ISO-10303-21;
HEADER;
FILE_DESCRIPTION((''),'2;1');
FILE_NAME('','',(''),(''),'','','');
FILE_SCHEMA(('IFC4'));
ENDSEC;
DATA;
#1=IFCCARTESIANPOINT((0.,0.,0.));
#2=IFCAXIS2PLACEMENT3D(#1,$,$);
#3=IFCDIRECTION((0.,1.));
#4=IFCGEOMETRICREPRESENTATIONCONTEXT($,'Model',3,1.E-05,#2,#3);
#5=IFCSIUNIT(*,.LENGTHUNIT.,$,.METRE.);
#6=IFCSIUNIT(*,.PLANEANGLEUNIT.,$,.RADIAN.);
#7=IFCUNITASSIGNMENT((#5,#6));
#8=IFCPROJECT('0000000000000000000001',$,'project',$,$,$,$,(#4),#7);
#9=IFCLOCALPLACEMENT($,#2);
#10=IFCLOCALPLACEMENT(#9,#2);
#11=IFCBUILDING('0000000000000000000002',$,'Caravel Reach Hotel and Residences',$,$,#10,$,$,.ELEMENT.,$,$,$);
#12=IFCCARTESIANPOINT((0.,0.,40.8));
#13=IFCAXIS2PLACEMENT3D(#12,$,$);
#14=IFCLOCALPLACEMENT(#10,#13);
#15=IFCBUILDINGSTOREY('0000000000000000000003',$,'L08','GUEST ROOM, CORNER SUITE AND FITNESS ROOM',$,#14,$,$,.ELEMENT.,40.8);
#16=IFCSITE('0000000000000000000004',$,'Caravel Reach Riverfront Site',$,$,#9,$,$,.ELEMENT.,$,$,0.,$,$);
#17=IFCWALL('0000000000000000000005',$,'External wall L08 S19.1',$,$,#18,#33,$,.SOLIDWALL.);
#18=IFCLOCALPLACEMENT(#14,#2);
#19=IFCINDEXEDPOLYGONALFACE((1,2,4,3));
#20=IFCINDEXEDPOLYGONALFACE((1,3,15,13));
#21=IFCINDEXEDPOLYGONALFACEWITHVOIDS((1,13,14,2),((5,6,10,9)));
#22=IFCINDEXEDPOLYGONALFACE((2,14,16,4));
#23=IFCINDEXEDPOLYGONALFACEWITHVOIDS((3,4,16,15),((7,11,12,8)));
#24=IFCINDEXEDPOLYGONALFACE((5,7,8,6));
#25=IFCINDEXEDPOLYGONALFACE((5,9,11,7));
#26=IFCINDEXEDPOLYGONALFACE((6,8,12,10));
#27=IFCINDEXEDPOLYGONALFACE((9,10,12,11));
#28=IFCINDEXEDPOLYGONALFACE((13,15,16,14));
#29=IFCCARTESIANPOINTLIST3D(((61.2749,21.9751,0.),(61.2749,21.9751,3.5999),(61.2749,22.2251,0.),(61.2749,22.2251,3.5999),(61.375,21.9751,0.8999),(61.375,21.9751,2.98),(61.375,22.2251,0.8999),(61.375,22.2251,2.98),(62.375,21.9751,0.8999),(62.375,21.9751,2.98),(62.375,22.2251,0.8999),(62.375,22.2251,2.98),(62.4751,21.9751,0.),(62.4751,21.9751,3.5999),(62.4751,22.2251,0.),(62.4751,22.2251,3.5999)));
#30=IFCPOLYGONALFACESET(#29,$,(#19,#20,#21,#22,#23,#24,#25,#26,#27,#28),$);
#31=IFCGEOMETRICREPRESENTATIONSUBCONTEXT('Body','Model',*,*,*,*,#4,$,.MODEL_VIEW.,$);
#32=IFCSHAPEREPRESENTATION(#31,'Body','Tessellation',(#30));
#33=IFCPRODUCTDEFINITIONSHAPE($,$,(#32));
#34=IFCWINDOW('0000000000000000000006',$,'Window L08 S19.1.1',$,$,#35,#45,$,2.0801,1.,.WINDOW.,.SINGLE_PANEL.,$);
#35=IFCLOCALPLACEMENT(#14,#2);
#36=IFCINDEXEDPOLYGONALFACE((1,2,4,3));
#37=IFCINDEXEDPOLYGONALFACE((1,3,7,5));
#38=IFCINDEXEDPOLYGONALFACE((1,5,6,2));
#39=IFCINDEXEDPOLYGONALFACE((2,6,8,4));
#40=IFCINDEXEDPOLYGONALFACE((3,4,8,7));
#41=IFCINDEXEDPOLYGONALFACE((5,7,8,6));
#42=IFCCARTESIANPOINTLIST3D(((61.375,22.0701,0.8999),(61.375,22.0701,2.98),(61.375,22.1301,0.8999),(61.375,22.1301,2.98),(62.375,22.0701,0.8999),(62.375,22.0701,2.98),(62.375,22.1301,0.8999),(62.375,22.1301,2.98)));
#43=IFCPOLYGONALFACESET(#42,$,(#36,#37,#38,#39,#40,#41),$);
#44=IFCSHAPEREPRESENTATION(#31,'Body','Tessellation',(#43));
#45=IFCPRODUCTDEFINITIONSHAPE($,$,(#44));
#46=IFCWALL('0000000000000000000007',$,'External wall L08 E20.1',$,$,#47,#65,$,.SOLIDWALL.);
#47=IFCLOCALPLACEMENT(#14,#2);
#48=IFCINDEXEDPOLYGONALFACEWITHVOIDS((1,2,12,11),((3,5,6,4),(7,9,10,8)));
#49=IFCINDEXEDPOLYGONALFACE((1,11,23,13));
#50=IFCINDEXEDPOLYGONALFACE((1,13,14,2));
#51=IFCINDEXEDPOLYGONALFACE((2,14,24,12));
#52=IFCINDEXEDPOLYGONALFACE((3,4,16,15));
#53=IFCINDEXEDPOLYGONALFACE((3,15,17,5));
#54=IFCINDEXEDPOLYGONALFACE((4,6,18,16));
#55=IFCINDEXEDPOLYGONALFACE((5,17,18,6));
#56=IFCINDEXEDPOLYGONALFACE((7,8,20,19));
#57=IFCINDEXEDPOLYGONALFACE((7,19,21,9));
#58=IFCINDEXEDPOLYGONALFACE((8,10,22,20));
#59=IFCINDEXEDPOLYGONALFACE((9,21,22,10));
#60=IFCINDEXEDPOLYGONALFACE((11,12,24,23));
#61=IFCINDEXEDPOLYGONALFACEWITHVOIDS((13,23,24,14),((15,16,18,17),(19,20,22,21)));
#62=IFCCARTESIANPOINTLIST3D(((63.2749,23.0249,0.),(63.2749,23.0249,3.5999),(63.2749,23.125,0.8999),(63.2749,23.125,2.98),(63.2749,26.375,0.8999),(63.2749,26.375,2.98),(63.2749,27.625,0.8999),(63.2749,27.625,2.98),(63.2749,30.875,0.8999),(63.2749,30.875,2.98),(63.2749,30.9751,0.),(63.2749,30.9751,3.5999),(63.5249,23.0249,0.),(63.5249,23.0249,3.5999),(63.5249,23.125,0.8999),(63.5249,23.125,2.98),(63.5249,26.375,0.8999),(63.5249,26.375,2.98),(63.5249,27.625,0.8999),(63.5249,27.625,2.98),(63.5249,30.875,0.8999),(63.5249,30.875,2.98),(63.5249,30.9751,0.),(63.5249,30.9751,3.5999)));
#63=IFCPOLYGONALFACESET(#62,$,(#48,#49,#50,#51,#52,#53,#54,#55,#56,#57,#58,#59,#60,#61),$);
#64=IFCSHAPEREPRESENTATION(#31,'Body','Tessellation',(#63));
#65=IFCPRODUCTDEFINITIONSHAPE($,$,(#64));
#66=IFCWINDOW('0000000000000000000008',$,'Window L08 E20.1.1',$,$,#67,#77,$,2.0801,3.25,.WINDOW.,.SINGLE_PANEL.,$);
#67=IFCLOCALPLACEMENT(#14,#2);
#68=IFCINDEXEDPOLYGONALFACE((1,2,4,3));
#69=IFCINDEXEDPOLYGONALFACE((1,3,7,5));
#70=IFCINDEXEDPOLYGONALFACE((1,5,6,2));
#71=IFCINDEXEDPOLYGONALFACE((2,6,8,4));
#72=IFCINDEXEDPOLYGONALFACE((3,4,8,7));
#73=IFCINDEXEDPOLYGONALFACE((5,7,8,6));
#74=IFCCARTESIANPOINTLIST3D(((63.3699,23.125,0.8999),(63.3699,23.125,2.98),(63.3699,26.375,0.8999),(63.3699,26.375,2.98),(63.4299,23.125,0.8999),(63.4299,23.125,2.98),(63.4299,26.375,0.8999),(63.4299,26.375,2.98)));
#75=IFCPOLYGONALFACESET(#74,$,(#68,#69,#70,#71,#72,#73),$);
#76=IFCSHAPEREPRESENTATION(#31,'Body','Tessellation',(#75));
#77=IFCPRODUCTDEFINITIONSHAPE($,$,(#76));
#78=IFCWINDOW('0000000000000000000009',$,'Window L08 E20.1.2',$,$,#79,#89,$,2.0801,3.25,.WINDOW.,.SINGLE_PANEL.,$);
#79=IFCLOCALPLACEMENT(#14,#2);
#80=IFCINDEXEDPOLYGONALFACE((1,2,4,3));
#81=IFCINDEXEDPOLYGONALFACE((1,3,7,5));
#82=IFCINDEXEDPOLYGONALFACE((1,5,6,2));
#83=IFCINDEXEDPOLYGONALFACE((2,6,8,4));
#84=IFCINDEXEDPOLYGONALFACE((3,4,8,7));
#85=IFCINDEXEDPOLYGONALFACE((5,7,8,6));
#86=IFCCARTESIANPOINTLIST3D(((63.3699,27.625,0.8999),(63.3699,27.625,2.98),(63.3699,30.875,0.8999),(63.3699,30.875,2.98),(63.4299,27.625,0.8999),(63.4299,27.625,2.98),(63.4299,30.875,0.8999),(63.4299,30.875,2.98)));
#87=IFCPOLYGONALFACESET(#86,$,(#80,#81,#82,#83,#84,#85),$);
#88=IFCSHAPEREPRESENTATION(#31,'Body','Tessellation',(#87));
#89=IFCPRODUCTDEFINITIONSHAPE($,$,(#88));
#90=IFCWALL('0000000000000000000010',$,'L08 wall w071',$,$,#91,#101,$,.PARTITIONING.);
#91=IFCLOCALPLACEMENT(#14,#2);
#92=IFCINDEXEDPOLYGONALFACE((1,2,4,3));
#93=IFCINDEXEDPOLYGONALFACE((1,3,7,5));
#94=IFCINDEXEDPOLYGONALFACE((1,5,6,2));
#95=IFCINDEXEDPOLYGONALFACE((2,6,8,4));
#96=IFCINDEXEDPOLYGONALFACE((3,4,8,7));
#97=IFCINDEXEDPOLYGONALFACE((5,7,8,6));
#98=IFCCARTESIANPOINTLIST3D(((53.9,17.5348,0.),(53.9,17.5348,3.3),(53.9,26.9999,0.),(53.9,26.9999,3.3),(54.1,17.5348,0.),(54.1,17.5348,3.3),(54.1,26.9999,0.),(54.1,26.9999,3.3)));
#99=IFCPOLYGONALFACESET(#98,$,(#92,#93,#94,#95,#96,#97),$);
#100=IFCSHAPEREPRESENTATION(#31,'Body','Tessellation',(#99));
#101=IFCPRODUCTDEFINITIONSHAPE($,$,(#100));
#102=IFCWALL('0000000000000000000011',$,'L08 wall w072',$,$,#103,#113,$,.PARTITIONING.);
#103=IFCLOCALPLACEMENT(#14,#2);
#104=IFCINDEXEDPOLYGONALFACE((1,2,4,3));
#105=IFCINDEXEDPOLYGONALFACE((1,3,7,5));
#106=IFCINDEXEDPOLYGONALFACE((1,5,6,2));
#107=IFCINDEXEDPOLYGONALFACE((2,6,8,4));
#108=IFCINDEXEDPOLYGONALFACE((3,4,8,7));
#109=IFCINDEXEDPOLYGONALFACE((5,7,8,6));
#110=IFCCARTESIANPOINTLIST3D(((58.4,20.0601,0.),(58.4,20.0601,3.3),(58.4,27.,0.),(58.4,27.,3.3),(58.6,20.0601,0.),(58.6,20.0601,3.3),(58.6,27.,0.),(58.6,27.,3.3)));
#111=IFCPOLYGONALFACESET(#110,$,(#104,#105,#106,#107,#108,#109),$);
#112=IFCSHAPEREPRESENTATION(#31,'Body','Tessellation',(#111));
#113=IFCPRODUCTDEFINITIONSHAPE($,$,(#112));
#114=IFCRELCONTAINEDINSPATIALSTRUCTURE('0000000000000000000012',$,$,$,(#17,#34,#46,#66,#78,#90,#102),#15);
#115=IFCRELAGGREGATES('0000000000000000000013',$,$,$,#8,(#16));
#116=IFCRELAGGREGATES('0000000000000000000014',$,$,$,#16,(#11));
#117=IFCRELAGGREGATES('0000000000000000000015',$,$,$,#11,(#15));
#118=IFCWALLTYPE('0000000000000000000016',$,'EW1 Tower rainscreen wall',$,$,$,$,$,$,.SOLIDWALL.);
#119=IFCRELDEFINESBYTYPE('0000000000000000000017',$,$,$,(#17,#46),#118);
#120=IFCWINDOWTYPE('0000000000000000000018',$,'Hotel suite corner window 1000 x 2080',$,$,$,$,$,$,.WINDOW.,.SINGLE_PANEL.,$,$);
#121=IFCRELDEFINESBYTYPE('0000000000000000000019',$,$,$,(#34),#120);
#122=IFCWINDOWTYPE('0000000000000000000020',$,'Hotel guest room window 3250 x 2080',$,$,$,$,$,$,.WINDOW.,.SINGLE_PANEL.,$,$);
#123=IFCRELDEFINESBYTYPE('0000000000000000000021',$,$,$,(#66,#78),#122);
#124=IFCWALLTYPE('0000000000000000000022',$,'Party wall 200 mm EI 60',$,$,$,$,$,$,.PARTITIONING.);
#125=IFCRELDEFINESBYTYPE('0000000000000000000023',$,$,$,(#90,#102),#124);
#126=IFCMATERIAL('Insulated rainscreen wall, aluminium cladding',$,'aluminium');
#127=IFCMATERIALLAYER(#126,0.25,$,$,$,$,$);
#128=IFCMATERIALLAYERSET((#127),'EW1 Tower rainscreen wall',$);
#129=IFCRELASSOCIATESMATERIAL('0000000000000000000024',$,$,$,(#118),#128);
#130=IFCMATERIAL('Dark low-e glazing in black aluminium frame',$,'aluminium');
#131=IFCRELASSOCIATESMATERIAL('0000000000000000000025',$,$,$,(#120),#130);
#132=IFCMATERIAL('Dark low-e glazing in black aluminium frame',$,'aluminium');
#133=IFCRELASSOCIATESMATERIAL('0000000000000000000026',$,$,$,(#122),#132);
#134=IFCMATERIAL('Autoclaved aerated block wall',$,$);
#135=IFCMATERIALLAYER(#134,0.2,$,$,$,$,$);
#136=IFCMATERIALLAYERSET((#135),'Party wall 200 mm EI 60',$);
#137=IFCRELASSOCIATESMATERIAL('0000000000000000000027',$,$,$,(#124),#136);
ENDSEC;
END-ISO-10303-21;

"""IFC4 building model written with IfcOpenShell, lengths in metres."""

from ifc_helpers import new_model, si_unit, direction, frame, frame_2d, origin, place, context, subcontext, project, spatial, rectangle, extrude, material, layer, layer_set, type_object, element, fill, save


model = new_model("IFC4")

# Units and contexts
model_context = context("Model", 3, precision=1e-05, world=origin(), true_north=direction((0.0, 1.0)))
body_context = subcontext(model_context, "Body", "Model", "MODEL_VIEW")
ifc_project = project(units=[si_unit("LENGTHUNIT", "METRE"), si_unit("PLANEANGLEUNIT", "RADIAN")], contexts=[model_context])

# Site, building, storey
site_placement = place(None, origin())
site = spatial("IfcSite", under=ifc_project, at=site_placement, Name="Caravel Reach Riverfront Site", CompositionType="ELEMENT", RefElevation=0.0)
building_placement = place(site_placement, origin())
building = spatial("IfcBuilding", under=site, at=building_placement, Name="Caravel Reach Hotel and Residences", CompositionType="ELEMENT")
storey_placement = place(building_placement, frame((0.0, 0.0, 40.8)))
storey = spatial("IfcBuildingStorey", under=building, at=storey_placement, Name="L08", Description="GUEST ROOM, CORNER SUITE AND FITNESS ROOM", CompositionType="ELEMENT", Elevation=40.8)

# Wall, opening, window
ifc_material_1 = material(Name="Insulated rainscreen wall, aluminium cladding", Category="aluminium")
ifc_layer_1 = layer(ifc_material_1, 0.25)
ifc_layer_set_1 = layer_set([ifc_layer_1], Name="EW1 Tower rainscreen wall")
wall_type_1 = type_object("IfcWallType", Name="EW1 Tower rainscreen wall", PredefinedType="SOLIDWALL", material=ifc_layer_set_1)
ifc_material_2 = material(Name="Dark low-e glazing in black aluminium frame", Category="aluminium")
window_type_1 = type_object("IfcWindowType", Name="Hotel suite corner window 1000 x 2080", PartitioningType="SINGLE_PANEL", PredefinedType="WINDOW", material=ifc_material_2)
wall_1_placement = place(storey_placement, frame((61.2749, 22.1001, 0.0), z_axis=(0.0, 0.0, 1.0), x_axis=(1.0, 0.0, 0.0)))
wall_1 = element("IfcWall", 1, at=wall_1_placement, inside=storey, type_object=wall_type_1, Name="External wall L08 S19.1", PredefinedType="SOLIDWALL", context=body_context, shape_type="SweptSolid", body=[
    extrude(rectangle(XDim=1.2002, YDim=0.25, at=frame_2d((0.6001, 0.0))), origin(), (0.0, 0.0, 1.0), 3.5999),
])
opening_1_placement = place(wall_1_placement, frame((0.1001, 0.0, 0.8999)))
opening_1 = element("IfcOpeningElement", 2, at=opening_1_placement, cuts=wall_1, PredefinedType="OPENING", context=body_context, shape_type="SweptSolid", body=[
    extrude(rectangle(XDim=1.0, YDim=2.0801, at=frame_2d((0.5, 1.04))), frame((0.0, 0.135, 0.0), z_axis=(0.0, -1.0, 0.0), x_axis=(1.0, 0.0, 0.0)), (0.0, 0.0, 1.0), 0.27),
])
window_1_placement = place(opening_1_placement, origin())
window_1 = element("IfcWindow", 3, at=window_1_placement, inside=storey, type_object=window_type_1, Name="Window L08 S19.1.1", OverallHeight=2.0801, OverallWidth=1.0, PartitioningType="SINGLE_PANEL", PredefinedType="WINDOW", context=body_context, shape_type="SweptSolid", body=[
    extrude(rectangle(XDim=1.0, YDim=2.0801, at=frame_2d((0.5, 1.04))), frame((0.0, 0.03, 0.0), z_axis=(0.0, -1.0, 0.0), x_axis=(1.0, 0.0, 0.0)), (0.0, 0.0, 1.0), 0.0601),
])
fill(opening_1, window_1)

# Wall, openings, windows
wall_2_placement = place(storey_placement, frame((63.3999, 23.0249, 0.0), z_axis=(0.0, 0.0, 1.0), x_axis=(0.0, 1.0, 0.0)))
wall_2 = element("IfcWall", 4, at=wall_2_placement, inside=storey, type_object=wall_type_1, Name="External wall L08 E20.1", PredefinedType="SOLIDWALL", context=body_context, shape_type="SweptSolid", body=[
    extrude(rectangle(XDim=7.9502, YDim=0.25, at=frame_2d((3.9751, 0.0))), origin(), (0.0, 0.0, 1.0), 3.5999),
])
opening_2_placement = place(wall_2_placement, frame((0.1001, 0.0, 0.8999)))
opening_2 = element("IfcOpeningElement", 5, at=opening_2_placement, cuts=wall_2, PredefinedType="OPENING", context=body_context, shape_type="SweptSolid", body=[
    extrude(rectangle(XDim=3.25, YDim=2.0801, at=frame_2d((1.625, 1.04))), frame((0.0, 0.135, 0.0), z_axis=(0.0, -1.0, 0.0), x_axis=(1.0, 0.0, 0.0)), (0.0, 0.0, 1.0), 0.27),
])
opening_3_placement = place(wall_2_placement, frame((4.6001, 0.0, 0.8999)))
opening_3 = element("IfcOpeningElement", 6, at=opening_3_placement, cuts=wall_2, PredefinedType="OPENING", context=body_context, shape_type="SweptSolid", body=[
    extrude(rectangle(XDim=3.25, YDim=2.0801, at=frame_2d((1.625, 1.04))), frame((0.0, 0.135, 0.0), z_axis=(0.0, -1.0, 0.0), x_axis=(1.0, 0.0, 0.0)), (0.0, 0.0, 1.0), 0.27),
])
ifc_material_3 = material(Name="Dark low-e glazing in black aluminium frame", Category="aluminium")
window_type_2 = type_object("IfcWindowType", Name="Hotel guest room window 3250 x 2080", PartitioningType="SINGLE_PANEL", PredefinedType="WINDOW", material=ifc_material_3)
window_2_placement = place(opening_2_placement, origin())
window_2 = element("IfcWindow", 7, at=window_2_placement, inside=storey, type_object=window_type_2, Name="Window L08 E20.1.1", OverallHeight=2.0801, OverallWidth=3.25, PartitioningType="SINGLE_PANEL", PredefinedType="WINDOW", context=body_context, shape_type="SweptSolid", body=[
    extrude(rectangle(XDim=3.25, YDim=2.0801, at=frame_2d((1.625, 1.04))), frame((0.0, 0.03, 0.0), z_axis=(0.0, -1.0, 0.0), x_axis=(1.0, 0.0, 0.0)), (0.0, 0.0, 1.0), 0.0601),
])
fill(opening_2, window_2)
window_3_placement = place(opening_3_placement, origin())
window_3 = element("IfcWindow", 8, at=window_3_placement, inside=storey, type_object=window_type_2, Name="Window L08 E20.1.2", OverallHeight=2.0801, OverallWidth=3.25, PartitioningType="SINGLE_PANEL", PredefinedType="WINDOW", context=body_context, shape_type="SweptSolid", body=[
    extrude(rectangle(XDim=3.25, YDim=2.0801, at=frame_2d((1.625, 1.04))), frame((0.0, 0.03, 0.0), z_axis=(0.0, -1.0, 0.0), x_axis=(1.0, 0.0, 0.0)), (0.0, 0.0, 1.0), 0.0601),
])
fill(opening_3, window_3)

# Walls
ifc_material_4 = material(Name="Autoclaved aerated block wall")
ifc_layer_2 = layer(ifc_material_4, 0.2)
ifc_layer_set_2 = layer_set([ifc_layer_2], Name="Party wall 200 mm EI 60")
wall_type_2 = type_object("IfcWallType", Name="Party wall 200 mm EI 60", PredefinedType="PARTITIONING", material=ifc_layer_set_2)
wall_3_placement = place(storey_placement, frame((54.0, 17.5349, 0.0), z_axis=(0.0, 0.0, 1.0), x_axis=(0.0, 1.0, 0.0)))
element("IfcWall", 9, at=wall_3_placement, inside=storey, type_object=wall_type_2, Name="L08 wall w071", PredefinedType="PARTITIONING", context=body_context, shape_type="SweptSolid", body=[
    extrude(rectangle(XDim=9.4651, YDim=0.2, at=frame_2d((4.7324, 0.0))), origin(), (0.0, 0.0, 1.0), 3.3),
])
wall_4_placement = place(storey_placement, frame((58.5, 20.0601, 0.0), z_axis=(0.0, 0.0, 1.0), x_axis=(0.0, 1.0, 0.0)))
element("IfcWall", 10, at=wall_4_placement, inside=storey, type_object=wall_type_2, Name="L08 wall w072", PredefinedType="PARTITIONING", context=body_context, shape_type="SweptSolid", body=[
    extrude(rectangle(XDim=6.9399, YDim=0.2, at=frame_2d((3.47, 0.0))), origin(), (0.0, 0.0, 1.0), 3.3),
])

save(model, "model.ifc")
